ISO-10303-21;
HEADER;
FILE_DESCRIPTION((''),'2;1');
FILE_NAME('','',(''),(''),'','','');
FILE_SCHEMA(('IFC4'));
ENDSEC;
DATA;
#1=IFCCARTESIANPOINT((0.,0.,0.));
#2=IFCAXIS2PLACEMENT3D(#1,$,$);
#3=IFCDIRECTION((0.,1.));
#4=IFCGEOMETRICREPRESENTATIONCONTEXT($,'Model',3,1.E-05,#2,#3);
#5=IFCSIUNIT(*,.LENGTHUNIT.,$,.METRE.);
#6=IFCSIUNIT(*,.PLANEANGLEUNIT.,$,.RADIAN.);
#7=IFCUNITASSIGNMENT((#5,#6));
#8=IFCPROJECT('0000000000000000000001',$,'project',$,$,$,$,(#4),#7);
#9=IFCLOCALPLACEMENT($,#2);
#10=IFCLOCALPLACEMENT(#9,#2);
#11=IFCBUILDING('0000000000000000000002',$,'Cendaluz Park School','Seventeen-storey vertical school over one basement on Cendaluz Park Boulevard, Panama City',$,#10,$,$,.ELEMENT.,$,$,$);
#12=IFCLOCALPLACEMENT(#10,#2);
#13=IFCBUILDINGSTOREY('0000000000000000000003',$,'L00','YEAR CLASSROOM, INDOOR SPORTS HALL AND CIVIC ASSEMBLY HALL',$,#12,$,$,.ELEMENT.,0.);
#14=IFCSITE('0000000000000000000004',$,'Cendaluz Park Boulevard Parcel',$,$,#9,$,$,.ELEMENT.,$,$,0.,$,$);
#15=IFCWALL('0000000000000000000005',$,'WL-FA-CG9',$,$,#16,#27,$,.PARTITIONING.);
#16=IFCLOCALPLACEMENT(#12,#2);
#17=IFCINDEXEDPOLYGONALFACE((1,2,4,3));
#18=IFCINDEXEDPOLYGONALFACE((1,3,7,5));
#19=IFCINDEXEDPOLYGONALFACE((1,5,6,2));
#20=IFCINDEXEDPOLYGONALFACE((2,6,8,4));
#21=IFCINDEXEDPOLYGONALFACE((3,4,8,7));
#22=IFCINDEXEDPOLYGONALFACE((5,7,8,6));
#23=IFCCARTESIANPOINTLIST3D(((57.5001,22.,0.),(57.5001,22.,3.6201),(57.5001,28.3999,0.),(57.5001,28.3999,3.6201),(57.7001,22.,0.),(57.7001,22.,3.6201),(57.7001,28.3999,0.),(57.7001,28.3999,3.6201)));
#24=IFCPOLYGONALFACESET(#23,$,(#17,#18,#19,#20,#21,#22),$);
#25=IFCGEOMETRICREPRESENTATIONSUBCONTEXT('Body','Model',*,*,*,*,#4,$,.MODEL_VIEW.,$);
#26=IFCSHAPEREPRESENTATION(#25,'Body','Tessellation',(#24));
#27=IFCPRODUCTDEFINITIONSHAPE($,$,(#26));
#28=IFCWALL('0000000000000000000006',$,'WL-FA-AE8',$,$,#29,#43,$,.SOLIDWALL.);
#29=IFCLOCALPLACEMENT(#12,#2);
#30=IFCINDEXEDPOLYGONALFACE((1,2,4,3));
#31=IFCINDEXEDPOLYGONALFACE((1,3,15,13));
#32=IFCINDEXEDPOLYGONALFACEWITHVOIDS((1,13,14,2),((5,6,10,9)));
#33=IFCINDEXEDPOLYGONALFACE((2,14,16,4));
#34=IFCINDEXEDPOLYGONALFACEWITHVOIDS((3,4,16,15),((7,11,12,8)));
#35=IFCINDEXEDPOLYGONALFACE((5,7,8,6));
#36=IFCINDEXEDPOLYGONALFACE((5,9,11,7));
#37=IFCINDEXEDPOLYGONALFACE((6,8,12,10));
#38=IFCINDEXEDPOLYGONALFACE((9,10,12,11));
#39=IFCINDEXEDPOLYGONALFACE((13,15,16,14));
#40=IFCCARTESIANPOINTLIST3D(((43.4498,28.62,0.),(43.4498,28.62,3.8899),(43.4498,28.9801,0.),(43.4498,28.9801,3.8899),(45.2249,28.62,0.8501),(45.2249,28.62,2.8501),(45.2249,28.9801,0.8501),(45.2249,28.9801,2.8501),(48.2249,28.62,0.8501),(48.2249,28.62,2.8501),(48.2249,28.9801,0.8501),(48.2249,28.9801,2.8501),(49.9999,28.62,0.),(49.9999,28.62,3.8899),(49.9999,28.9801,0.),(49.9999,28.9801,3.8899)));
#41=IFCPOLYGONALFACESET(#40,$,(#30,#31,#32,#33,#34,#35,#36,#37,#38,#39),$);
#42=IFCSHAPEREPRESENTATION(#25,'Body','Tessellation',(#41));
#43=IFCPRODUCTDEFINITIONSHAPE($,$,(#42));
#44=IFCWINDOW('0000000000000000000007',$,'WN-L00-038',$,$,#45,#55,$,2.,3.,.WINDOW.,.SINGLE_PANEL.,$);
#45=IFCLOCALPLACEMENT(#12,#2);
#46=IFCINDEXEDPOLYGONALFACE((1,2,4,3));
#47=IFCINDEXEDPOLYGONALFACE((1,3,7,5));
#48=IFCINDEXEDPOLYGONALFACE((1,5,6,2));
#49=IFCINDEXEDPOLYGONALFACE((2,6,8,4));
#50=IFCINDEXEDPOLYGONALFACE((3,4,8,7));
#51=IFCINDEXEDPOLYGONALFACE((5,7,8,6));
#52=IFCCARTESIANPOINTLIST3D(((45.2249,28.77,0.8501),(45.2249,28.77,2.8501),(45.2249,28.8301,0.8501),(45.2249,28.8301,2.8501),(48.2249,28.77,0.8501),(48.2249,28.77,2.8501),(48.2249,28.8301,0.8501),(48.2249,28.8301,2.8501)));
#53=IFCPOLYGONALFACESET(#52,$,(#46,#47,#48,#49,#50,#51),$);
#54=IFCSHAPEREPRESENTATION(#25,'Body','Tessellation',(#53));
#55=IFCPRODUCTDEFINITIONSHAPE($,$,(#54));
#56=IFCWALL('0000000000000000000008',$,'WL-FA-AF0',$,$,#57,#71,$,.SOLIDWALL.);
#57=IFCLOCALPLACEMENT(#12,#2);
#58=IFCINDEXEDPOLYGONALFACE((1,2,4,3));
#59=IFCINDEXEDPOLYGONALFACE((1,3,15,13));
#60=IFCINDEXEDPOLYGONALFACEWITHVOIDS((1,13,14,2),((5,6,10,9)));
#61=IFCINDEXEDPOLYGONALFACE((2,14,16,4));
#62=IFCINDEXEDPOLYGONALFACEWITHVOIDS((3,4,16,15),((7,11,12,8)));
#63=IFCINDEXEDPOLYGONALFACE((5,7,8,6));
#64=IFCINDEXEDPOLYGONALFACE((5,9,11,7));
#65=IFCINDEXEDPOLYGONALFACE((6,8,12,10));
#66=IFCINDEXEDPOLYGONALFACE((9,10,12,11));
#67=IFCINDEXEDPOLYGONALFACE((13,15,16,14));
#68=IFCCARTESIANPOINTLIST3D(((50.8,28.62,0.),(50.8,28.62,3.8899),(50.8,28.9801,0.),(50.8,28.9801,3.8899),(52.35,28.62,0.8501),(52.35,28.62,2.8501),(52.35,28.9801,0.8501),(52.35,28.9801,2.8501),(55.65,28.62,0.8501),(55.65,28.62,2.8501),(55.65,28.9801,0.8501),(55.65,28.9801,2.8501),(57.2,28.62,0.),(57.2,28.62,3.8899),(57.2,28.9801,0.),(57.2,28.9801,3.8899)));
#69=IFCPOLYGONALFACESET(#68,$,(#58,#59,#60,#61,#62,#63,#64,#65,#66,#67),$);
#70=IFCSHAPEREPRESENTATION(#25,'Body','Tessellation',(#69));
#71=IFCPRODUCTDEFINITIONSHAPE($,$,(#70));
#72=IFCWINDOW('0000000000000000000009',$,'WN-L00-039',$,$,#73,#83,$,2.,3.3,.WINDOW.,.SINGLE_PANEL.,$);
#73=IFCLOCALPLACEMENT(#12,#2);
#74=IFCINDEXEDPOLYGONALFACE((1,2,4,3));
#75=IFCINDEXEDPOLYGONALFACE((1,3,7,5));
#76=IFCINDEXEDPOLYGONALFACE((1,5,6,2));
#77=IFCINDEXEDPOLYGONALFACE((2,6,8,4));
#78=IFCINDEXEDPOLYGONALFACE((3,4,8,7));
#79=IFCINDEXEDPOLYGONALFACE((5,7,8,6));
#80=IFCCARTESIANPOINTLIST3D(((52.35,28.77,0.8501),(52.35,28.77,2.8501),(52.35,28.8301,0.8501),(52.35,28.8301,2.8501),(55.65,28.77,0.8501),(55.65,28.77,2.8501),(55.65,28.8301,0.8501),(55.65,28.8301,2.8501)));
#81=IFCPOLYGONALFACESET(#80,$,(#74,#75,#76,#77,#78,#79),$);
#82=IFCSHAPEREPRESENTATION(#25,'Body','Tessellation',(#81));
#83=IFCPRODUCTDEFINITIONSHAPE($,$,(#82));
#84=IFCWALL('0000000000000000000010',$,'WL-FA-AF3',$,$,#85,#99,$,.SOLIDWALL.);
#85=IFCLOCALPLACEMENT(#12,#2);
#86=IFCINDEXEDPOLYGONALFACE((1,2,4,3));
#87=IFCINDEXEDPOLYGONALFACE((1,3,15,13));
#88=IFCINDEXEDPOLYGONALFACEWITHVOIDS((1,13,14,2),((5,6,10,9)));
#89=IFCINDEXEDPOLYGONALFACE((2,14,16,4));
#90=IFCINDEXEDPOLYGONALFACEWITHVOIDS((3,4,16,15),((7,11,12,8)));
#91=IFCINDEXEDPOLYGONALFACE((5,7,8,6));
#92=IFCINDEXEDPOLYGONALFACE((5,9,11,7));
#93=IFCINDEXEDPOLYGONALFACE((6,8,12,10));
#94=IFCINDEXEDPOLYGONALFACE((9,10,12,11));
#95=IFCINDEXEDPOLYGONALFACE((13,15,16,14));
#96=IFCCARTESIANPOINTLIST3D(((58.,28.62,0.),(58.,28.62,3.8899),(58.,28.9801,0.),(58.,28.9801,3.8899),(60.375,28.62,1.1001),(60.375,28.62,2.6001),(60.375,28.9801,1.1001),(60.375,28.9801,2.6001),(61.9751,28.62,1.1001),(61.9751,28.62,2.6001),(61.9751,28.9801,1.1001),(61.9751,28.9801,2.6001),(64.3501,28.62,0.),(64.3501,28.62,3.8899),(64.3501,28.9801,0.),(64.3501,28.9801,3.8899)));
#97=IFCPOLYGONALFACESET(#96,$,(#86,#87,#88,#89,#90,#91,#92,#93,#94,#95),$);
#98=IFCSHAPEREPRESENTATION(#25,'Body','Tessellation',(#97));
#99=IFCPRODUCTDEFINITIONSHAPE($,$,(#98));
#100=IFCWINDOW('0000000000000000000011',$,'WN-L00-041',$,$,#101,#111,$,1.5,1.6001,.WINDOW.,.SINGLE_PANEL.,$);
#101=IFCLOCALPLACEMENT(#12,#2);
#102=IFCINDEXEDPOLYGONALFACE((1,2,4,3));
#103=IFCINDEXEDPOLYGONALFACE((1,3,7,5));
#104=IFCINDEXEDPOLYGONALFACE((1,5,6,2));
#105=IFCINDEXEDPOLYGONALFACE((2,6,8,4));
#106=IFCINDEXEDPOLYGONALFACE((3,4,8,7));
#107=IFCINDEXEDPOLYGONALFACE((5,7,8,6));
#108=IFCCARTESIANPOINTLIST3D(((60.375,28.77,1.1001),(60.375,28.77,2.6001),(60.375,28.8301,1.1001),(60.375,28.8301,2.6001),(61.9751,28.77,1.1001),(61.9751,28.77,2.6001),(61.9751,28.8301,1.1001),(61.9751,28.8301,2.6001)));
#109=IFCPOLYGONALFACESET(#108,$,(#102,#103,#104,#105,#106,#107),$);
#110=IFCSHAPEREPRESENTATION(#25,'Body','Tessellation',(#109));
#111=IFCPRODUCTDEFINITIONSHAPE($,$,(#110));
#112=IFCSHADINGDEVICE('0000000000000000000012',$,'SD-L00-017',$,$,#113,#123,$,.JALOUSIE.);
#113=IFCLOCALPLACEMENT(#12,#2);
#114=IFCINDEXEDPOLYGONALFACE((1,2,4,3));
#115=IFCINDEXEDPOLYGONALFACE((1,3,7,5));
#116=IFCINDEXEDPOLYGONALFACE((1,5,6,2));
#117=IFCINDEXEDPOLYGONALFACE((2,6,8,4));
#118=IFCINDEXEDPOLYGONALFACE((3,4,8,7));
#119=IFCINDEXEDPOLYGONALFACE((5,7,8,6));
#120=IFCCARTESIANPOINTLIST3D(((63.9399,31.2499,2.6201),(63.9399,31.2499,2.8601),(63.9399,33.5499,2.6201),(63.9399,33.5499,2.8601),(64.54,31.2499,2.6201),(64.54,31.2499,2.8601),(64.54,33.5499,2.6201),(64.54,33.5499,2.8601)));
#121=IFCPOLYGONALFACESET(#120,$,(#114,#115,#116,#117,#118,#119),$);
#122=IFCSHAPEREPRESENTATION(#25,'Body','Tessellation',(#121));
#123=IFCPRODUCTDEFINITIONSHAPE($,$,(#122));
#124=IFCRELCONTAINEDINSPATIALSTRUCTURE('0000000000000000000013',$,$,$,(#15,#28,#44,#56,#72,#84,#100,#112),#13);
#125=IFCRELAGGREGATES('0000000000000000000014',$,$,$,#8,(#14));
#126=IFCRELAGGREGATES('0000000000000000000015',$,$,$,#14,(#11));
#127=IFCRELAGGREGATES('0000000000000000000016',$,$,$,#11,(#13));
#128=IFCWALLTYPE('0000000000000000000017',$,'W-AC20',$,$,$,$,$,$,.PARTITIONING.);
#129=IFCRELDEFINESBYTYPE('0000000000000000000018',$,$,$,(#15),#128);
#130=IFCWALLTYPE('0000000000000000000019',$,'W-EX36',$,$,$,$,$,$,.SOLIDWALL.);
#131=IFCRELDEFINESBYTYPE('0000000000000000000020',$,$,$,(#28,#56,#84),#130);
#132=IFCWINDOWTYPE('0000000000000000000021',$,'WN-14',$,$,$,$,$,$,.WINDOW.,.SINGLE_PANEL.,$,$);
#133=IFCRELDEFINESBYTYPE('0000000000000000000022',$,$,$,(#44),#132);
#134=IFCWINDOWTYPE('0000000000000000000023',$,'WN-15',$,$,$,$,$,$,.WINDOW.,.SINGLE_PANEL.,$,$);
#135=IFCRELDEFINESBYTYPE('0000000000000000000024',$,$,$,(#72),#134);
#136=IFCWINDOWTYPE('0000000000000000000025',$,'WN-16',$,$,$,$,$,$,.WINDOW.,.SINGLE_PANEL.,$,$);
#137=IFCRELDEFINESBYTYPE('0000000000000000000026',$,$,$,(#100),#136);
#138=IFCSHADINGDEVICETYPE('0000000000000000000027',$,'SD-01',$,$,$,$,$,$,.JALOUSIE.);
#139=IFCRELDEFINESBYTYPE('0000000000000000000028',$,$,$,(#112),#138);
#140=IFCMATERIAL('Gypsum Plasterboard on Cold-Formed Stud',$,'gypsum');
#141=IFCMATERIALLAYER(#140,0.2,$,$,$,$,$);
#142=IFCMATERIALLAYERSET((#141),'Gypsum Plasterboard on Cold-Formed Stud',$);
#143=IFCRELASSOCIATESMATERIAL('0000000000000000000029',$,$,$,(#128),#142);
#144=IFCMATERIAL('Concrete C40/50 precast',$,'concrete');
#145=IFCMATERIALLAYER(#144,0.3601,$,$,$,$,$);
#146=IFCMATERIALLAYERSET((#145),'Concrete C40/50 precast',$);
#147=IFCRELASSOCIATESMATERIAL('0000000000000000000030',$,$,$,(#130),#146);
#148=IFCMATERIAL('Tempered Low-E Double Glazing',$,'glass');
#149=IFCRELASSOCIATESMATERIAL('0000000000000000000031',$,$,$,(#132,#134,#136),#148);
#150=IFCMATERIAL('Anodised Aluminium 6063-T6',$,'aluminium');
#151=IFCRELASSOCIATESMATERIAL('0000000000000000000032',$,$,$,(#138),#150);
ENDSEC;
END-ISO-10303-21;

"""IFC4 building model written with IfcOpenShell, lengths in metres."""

from ifc_helpers import new_model, si_unit, direction, frame, frame_2d, origin, origin_2d, place, context, subcontext, project, spatial, rectangle, extrude, material, layer, layer_set, type_object, element, fill, save


model = new_model("IFC4")

# Units and contexts
model_context = context("Model", 3, precision=1e-05, world=origin(), true_north=direction((0.0, 1.0)))
body_context = subcontext(model_context, "Body", "Model", "MODEL_VIEW")
ifc_project = project(units=[si_unit("LENGTHUNIT", "METRE"), si_unit("PLANEANGLEUNIT", "RADIAN")], contexts=[model_context])

# Site, building, storey
site_placement = place(None, origin())
site = spatial("IfcSite", under=ifc_project, at=site_placement, Name="Cendaluz Park Boulevard Parcel", CompositionType="ELEMENT", RefElevation=0.0)
building_placement = place(site_placement, origin())
building = spatial("IfcBuilding", under=site, at=building_placement, Name="Cendaluz Park School", Description="Seventeen-storey vertical school over one basement on Cendaluz Park Boulevard, Panama City", CompositionType="ELEMENT")
storey_placement = place(building_placement, origin())
storey = spatial("IfcBuildingStorey", under=building, at=storey_placement, Name="L00", Description="YEAR CLASSROOM, INDOOR SPORTS HALL AND CIVIC ASSEMBLY HALL", CompositionType="ELEMENT", Elevation=0.0)

# Wall
ifc_material_1 = material(Name="Gypsum Plasterboard on Cold-Formed Stud", Category="gypsum")
ifc_layer_1 = layer(ifc_material_1, 0.2)
ifc_layer_set_1 = layer_set([ifc_layer_1], Name="Gypsum Plasterboard on Cold-Formed Stud")
wall_type_1 = type_object("IfcWallType", Name="W-AC20", PredefinedType="PARTITIONING", material=ifc_layer_set_1)
for number, where, z_axis, x_axis, name in (
    (1, (57.6001, 22.0, 0.0), (0.0, 0.0, 1.0), (0.0, 1.0, 0.0), "WL-FA-CG9"),
):
    element("IfcWall", number, at=place(storey_placement, frame(where, z_axis=z_axis, x_axis=x_axis)), inside=storey, type_object=wall_type_1, Name=name, PredefinedType="PARTITIONING", context=body_context, shape_type="SweptSolid", body=[
        extrude(rectangle(XDim=6.3999, YDim=0.2, at=frame_2d((3.2, 0.0))), origin(), (0.0, 0.0, 1.0), 3.6201),
    ])

# Walls, openings, windows
ifc_material_2 = material(Name="Concrete C40/50 precast", Category="concrete")
ifc_layer_2 = layer(ifc_material_2, 0.3601)
ifc_layer_set_2 = layer_set([ifc_layer_2], Name="Concrete C40/50 precast")
wall_type_2 = type_object("IfcWallType", Name="W-EX36", PredefinedType="SOLIDWALL", material=ifc_layer_set_2)
wall_1_placement = place(storey_placement, frame((43.45, 28.8, 0.0), z_axis=(0.0, 0.0, 1.0), x_axis=(1.0, 0.0, 0.0)))
wall_1 = element("IfcWall", 2, at=wall_1_placement, inside=storey, type_object=wall_type_2, Name="WL-FA-AE8", PredefinedType="SOLIDWALL", context=body_context, shape_type="SweptSolid", body=[
    extrude(rectangle(XDim=6.55, YDim=0.3601, at=frame_2d((3.2749, 0.0))), origin(), (0.0, 0.0, 1.0), 3.8899),
])
opening_1_placement = place(wall_1_placement, frame((1.7749, 0.0, 0.8501)))
opening_1 = element("IfcOpeningElement", 3, at=opening_1_placement, cuts=wall_1, PredefinedType="OPENING", context=body_context, shape_type="SweptSolid", body=[
    extrude(rectangle(XDim=3.0, YDim=2.0, at=frame_2d((1.5, 1.0))), frame((0.0, 0.1921, 0.0), z_axis=(0.0, -1.0, 0.0), x_axis=(1.0, 0.0, 0.0)), (0.0, 0.0, 1.0), 0.384),
])
ifc_material_3 = material(Name="Tempered Low-E Double Glazing", Category="glass")
window_type_1 = type_object("IfcWindowType", Name="WN-14", PartitioningType="SINGLE_PANEL", PredefinedType="WINDOW", material=ifc_material_3)
window_1_placement = place(opening_1_placement, origin())
window_1 = element("IfcWindow", 4, at=window_1_placement, inside=storey, type_object=window_type_1, Name="WN-L00-038", OverallHeight=2.0, OverallWidth=3.0, PartitioningType="SINGLE_PANEL", PredefinedType="WINDOW", context=body_context, shape_type="SweptSolid", body=[
    extrude(rectangle(XDim=3.0, YDim=2.0, at=frame_2d((1.5, 1.0))), frame((0.0, 0.03, 0.0), z_axis=(0.0, -1.0, 0.0), x_axis=(1.0, 0.0, 0.0)), (0.0, 0.0, 1.0), 0.0601),
])
fill(opening_1, window_1)
wall_2_placement = place(storey_placement, frame((50.8, 28.8, 0.0), z_axis=(0.0, 0.0, 1.0), x_axis=(1.0, 0.0, 0.0)))
wall_2 = element("IfcWall", 5, at=wall_2_placement, inside=storey, type_object=wall_type_2, Name="WL-FA-AF0", PredefinedType="SOLIDWALL", context=body_context, shape_type="SweptSolid", body=[
    extrude(rectangle(XDim=6.3999, YDim=0.3601, at=frame_2d((3.2, 0.0))), origin(), (0.0, 0.0, 1.0), 3.8899),
])
opening_2_placement = place(wall_2_placement, frame((1.55, 0.0, 0.8501)))
opening_2 = element("IfcOpeningElement", 6, at=opening_2_placement, cuts=wall_2, PredefinedType="OPENING", context=body_context, shape_type="SweptSolid", body=[
    extrude(rectangle(XDim=3.3, YDim=2.0, at=frame_2d((1.6499, 1.0))), frame((0.0, 0.1921, 0.0), z_axis=(0.0, -1.0, 0.0), x_axis=(1.0, 0.0, 0.0)), (0.0, 0.0, 1.0), 0.384),
])
window_type_2 = type_object("IfcWindowType", Name="WN-15", PartitioningType="SINGLE_PANEL", PredefinedType="WINDOW", material=ifc_material_3)
window_2_placement = place(opening_2_placement, origin())
window_2 = element("IfcWindow", 7, at=window_2_placement, inside=storey, type_object=window_type_2, Name="WN-L00-039", OverallHeight=2.0, OverallWidth=3.3, PartitioningType="SINGLE_PANEL", PredefinedType="WINDOW", context=body_context, shape_type="SweptSolid", body=[
    extrude(rectangle(XDim=3.3, YDim=2.0, at=frame_2d((1.6499, 1.0))), frame((0.0, 0.03, 0.0), z_axis=(0.0, -1.0, 0.0), x_axis=(1.0, 0.0, 0.0)), (0.0, 0.0, 1.0), 0.0601),
])
fill(opening_2, window_2)
wall_3_placement = place(storey_placement, frame((58.0, 28.8, 0.0), z_axis=(0.0, 0.0, 1.0), x_axis=(1.0, 0.0, 0.0)))
wall_3 = element("IfcWall", 8, at=wall_3_placement, inside=storey, type_object=wall_type_2, Name="WL-FA-AF3", PredefinedType="SOLIDWALL", context=body_context, shape_type="SweptSolid", body=[
    extrude(rectangle(XDim=6.3501, YDim=0.3601, at=frame_2d((3.175, 0.0))), origin(), (0.0, 0.0, 1.0), 3.8899),
])
opening_3_placement = place(wall_3_placement, frame((2.375, 0.0, 1.1001)))
opening_3 = element("IfcOpeningElement", 9, at=opening_3_placement, cuts=wall_3, PredefinedType="OPENING", context=body_context, shape_type="SweptSolid", body=[
    extrude(rectangle(XDim=1.6001, YDim=1.5, at=frame_2d((0.8, 0.75))), frame((0.0, 0.1921, 0.0), z_axis=(0.0, -1.0, 0.0), x_axis=(1.0, 0.0, 0.0)), (0.0, 0.0, 1.0), 0.384),
])
window_type_3 = type_object("IfcWindowType", Name="WN-16", PartitioningType="SINGLE_PANEL", PredefinedType="WINDOW", material=ifc_material_3)
window_3_placement = place(opening_3_placement, origin())
window_3 = element("IfcWindow", 10, at=window_3_placement, inside=storey, type_object=window_type_3, Name="WN-L00-041", OverallHeight=1.5, OverallWidth=1.6001, PartitioningType="SINGLE_PANEL", PredefinedType="WINDOW", context=body_context, shape_type="SweptSolid", body=[
    extrude(rectangle(XDim=1.6001, YDim=1.5, at=frame_2d((0.8, 0.75))), frame((0.0, 0.03, 0.0), z_axis=(0.0, -1.0, 0.0), x_axis=(1.0, 0.0, 0.0)), (0.0, 0.0, 1.0), 0.0601),
])
fill(opening_3, window_3)

# Shading device
ifc_material_4 = material(Name="Anodised Aluminium 6063-T6", Category="aluminium")
shading_device_type = type_object("IfcShadingDeviceType", Name="SD-01", PredefinedType="JALOUSIE", material=ifc_material_4)
shading_device_placement = place(storey_placement, frame((64.24, 32.3999, 2.6201), z_axis=(0.0, 0.0, 1.0), x_axis=(0.0, 1.0, 0.0)))
element("IfcShadingDevice", 11, at=shading_device_placement, inside=storey, type_object=shading_device_type, Name="SD-L00-017", PredefinedType="JALOUSIE", context=body_context, shape_type="SweptSolid", body=[
    extrude(rectangle(XDim=2.3, YDim=0.6001, at=origin_2d()), origin(), (0.0, 0.0, 1.0), 0.24),
])

save(model, "model.ifc")
